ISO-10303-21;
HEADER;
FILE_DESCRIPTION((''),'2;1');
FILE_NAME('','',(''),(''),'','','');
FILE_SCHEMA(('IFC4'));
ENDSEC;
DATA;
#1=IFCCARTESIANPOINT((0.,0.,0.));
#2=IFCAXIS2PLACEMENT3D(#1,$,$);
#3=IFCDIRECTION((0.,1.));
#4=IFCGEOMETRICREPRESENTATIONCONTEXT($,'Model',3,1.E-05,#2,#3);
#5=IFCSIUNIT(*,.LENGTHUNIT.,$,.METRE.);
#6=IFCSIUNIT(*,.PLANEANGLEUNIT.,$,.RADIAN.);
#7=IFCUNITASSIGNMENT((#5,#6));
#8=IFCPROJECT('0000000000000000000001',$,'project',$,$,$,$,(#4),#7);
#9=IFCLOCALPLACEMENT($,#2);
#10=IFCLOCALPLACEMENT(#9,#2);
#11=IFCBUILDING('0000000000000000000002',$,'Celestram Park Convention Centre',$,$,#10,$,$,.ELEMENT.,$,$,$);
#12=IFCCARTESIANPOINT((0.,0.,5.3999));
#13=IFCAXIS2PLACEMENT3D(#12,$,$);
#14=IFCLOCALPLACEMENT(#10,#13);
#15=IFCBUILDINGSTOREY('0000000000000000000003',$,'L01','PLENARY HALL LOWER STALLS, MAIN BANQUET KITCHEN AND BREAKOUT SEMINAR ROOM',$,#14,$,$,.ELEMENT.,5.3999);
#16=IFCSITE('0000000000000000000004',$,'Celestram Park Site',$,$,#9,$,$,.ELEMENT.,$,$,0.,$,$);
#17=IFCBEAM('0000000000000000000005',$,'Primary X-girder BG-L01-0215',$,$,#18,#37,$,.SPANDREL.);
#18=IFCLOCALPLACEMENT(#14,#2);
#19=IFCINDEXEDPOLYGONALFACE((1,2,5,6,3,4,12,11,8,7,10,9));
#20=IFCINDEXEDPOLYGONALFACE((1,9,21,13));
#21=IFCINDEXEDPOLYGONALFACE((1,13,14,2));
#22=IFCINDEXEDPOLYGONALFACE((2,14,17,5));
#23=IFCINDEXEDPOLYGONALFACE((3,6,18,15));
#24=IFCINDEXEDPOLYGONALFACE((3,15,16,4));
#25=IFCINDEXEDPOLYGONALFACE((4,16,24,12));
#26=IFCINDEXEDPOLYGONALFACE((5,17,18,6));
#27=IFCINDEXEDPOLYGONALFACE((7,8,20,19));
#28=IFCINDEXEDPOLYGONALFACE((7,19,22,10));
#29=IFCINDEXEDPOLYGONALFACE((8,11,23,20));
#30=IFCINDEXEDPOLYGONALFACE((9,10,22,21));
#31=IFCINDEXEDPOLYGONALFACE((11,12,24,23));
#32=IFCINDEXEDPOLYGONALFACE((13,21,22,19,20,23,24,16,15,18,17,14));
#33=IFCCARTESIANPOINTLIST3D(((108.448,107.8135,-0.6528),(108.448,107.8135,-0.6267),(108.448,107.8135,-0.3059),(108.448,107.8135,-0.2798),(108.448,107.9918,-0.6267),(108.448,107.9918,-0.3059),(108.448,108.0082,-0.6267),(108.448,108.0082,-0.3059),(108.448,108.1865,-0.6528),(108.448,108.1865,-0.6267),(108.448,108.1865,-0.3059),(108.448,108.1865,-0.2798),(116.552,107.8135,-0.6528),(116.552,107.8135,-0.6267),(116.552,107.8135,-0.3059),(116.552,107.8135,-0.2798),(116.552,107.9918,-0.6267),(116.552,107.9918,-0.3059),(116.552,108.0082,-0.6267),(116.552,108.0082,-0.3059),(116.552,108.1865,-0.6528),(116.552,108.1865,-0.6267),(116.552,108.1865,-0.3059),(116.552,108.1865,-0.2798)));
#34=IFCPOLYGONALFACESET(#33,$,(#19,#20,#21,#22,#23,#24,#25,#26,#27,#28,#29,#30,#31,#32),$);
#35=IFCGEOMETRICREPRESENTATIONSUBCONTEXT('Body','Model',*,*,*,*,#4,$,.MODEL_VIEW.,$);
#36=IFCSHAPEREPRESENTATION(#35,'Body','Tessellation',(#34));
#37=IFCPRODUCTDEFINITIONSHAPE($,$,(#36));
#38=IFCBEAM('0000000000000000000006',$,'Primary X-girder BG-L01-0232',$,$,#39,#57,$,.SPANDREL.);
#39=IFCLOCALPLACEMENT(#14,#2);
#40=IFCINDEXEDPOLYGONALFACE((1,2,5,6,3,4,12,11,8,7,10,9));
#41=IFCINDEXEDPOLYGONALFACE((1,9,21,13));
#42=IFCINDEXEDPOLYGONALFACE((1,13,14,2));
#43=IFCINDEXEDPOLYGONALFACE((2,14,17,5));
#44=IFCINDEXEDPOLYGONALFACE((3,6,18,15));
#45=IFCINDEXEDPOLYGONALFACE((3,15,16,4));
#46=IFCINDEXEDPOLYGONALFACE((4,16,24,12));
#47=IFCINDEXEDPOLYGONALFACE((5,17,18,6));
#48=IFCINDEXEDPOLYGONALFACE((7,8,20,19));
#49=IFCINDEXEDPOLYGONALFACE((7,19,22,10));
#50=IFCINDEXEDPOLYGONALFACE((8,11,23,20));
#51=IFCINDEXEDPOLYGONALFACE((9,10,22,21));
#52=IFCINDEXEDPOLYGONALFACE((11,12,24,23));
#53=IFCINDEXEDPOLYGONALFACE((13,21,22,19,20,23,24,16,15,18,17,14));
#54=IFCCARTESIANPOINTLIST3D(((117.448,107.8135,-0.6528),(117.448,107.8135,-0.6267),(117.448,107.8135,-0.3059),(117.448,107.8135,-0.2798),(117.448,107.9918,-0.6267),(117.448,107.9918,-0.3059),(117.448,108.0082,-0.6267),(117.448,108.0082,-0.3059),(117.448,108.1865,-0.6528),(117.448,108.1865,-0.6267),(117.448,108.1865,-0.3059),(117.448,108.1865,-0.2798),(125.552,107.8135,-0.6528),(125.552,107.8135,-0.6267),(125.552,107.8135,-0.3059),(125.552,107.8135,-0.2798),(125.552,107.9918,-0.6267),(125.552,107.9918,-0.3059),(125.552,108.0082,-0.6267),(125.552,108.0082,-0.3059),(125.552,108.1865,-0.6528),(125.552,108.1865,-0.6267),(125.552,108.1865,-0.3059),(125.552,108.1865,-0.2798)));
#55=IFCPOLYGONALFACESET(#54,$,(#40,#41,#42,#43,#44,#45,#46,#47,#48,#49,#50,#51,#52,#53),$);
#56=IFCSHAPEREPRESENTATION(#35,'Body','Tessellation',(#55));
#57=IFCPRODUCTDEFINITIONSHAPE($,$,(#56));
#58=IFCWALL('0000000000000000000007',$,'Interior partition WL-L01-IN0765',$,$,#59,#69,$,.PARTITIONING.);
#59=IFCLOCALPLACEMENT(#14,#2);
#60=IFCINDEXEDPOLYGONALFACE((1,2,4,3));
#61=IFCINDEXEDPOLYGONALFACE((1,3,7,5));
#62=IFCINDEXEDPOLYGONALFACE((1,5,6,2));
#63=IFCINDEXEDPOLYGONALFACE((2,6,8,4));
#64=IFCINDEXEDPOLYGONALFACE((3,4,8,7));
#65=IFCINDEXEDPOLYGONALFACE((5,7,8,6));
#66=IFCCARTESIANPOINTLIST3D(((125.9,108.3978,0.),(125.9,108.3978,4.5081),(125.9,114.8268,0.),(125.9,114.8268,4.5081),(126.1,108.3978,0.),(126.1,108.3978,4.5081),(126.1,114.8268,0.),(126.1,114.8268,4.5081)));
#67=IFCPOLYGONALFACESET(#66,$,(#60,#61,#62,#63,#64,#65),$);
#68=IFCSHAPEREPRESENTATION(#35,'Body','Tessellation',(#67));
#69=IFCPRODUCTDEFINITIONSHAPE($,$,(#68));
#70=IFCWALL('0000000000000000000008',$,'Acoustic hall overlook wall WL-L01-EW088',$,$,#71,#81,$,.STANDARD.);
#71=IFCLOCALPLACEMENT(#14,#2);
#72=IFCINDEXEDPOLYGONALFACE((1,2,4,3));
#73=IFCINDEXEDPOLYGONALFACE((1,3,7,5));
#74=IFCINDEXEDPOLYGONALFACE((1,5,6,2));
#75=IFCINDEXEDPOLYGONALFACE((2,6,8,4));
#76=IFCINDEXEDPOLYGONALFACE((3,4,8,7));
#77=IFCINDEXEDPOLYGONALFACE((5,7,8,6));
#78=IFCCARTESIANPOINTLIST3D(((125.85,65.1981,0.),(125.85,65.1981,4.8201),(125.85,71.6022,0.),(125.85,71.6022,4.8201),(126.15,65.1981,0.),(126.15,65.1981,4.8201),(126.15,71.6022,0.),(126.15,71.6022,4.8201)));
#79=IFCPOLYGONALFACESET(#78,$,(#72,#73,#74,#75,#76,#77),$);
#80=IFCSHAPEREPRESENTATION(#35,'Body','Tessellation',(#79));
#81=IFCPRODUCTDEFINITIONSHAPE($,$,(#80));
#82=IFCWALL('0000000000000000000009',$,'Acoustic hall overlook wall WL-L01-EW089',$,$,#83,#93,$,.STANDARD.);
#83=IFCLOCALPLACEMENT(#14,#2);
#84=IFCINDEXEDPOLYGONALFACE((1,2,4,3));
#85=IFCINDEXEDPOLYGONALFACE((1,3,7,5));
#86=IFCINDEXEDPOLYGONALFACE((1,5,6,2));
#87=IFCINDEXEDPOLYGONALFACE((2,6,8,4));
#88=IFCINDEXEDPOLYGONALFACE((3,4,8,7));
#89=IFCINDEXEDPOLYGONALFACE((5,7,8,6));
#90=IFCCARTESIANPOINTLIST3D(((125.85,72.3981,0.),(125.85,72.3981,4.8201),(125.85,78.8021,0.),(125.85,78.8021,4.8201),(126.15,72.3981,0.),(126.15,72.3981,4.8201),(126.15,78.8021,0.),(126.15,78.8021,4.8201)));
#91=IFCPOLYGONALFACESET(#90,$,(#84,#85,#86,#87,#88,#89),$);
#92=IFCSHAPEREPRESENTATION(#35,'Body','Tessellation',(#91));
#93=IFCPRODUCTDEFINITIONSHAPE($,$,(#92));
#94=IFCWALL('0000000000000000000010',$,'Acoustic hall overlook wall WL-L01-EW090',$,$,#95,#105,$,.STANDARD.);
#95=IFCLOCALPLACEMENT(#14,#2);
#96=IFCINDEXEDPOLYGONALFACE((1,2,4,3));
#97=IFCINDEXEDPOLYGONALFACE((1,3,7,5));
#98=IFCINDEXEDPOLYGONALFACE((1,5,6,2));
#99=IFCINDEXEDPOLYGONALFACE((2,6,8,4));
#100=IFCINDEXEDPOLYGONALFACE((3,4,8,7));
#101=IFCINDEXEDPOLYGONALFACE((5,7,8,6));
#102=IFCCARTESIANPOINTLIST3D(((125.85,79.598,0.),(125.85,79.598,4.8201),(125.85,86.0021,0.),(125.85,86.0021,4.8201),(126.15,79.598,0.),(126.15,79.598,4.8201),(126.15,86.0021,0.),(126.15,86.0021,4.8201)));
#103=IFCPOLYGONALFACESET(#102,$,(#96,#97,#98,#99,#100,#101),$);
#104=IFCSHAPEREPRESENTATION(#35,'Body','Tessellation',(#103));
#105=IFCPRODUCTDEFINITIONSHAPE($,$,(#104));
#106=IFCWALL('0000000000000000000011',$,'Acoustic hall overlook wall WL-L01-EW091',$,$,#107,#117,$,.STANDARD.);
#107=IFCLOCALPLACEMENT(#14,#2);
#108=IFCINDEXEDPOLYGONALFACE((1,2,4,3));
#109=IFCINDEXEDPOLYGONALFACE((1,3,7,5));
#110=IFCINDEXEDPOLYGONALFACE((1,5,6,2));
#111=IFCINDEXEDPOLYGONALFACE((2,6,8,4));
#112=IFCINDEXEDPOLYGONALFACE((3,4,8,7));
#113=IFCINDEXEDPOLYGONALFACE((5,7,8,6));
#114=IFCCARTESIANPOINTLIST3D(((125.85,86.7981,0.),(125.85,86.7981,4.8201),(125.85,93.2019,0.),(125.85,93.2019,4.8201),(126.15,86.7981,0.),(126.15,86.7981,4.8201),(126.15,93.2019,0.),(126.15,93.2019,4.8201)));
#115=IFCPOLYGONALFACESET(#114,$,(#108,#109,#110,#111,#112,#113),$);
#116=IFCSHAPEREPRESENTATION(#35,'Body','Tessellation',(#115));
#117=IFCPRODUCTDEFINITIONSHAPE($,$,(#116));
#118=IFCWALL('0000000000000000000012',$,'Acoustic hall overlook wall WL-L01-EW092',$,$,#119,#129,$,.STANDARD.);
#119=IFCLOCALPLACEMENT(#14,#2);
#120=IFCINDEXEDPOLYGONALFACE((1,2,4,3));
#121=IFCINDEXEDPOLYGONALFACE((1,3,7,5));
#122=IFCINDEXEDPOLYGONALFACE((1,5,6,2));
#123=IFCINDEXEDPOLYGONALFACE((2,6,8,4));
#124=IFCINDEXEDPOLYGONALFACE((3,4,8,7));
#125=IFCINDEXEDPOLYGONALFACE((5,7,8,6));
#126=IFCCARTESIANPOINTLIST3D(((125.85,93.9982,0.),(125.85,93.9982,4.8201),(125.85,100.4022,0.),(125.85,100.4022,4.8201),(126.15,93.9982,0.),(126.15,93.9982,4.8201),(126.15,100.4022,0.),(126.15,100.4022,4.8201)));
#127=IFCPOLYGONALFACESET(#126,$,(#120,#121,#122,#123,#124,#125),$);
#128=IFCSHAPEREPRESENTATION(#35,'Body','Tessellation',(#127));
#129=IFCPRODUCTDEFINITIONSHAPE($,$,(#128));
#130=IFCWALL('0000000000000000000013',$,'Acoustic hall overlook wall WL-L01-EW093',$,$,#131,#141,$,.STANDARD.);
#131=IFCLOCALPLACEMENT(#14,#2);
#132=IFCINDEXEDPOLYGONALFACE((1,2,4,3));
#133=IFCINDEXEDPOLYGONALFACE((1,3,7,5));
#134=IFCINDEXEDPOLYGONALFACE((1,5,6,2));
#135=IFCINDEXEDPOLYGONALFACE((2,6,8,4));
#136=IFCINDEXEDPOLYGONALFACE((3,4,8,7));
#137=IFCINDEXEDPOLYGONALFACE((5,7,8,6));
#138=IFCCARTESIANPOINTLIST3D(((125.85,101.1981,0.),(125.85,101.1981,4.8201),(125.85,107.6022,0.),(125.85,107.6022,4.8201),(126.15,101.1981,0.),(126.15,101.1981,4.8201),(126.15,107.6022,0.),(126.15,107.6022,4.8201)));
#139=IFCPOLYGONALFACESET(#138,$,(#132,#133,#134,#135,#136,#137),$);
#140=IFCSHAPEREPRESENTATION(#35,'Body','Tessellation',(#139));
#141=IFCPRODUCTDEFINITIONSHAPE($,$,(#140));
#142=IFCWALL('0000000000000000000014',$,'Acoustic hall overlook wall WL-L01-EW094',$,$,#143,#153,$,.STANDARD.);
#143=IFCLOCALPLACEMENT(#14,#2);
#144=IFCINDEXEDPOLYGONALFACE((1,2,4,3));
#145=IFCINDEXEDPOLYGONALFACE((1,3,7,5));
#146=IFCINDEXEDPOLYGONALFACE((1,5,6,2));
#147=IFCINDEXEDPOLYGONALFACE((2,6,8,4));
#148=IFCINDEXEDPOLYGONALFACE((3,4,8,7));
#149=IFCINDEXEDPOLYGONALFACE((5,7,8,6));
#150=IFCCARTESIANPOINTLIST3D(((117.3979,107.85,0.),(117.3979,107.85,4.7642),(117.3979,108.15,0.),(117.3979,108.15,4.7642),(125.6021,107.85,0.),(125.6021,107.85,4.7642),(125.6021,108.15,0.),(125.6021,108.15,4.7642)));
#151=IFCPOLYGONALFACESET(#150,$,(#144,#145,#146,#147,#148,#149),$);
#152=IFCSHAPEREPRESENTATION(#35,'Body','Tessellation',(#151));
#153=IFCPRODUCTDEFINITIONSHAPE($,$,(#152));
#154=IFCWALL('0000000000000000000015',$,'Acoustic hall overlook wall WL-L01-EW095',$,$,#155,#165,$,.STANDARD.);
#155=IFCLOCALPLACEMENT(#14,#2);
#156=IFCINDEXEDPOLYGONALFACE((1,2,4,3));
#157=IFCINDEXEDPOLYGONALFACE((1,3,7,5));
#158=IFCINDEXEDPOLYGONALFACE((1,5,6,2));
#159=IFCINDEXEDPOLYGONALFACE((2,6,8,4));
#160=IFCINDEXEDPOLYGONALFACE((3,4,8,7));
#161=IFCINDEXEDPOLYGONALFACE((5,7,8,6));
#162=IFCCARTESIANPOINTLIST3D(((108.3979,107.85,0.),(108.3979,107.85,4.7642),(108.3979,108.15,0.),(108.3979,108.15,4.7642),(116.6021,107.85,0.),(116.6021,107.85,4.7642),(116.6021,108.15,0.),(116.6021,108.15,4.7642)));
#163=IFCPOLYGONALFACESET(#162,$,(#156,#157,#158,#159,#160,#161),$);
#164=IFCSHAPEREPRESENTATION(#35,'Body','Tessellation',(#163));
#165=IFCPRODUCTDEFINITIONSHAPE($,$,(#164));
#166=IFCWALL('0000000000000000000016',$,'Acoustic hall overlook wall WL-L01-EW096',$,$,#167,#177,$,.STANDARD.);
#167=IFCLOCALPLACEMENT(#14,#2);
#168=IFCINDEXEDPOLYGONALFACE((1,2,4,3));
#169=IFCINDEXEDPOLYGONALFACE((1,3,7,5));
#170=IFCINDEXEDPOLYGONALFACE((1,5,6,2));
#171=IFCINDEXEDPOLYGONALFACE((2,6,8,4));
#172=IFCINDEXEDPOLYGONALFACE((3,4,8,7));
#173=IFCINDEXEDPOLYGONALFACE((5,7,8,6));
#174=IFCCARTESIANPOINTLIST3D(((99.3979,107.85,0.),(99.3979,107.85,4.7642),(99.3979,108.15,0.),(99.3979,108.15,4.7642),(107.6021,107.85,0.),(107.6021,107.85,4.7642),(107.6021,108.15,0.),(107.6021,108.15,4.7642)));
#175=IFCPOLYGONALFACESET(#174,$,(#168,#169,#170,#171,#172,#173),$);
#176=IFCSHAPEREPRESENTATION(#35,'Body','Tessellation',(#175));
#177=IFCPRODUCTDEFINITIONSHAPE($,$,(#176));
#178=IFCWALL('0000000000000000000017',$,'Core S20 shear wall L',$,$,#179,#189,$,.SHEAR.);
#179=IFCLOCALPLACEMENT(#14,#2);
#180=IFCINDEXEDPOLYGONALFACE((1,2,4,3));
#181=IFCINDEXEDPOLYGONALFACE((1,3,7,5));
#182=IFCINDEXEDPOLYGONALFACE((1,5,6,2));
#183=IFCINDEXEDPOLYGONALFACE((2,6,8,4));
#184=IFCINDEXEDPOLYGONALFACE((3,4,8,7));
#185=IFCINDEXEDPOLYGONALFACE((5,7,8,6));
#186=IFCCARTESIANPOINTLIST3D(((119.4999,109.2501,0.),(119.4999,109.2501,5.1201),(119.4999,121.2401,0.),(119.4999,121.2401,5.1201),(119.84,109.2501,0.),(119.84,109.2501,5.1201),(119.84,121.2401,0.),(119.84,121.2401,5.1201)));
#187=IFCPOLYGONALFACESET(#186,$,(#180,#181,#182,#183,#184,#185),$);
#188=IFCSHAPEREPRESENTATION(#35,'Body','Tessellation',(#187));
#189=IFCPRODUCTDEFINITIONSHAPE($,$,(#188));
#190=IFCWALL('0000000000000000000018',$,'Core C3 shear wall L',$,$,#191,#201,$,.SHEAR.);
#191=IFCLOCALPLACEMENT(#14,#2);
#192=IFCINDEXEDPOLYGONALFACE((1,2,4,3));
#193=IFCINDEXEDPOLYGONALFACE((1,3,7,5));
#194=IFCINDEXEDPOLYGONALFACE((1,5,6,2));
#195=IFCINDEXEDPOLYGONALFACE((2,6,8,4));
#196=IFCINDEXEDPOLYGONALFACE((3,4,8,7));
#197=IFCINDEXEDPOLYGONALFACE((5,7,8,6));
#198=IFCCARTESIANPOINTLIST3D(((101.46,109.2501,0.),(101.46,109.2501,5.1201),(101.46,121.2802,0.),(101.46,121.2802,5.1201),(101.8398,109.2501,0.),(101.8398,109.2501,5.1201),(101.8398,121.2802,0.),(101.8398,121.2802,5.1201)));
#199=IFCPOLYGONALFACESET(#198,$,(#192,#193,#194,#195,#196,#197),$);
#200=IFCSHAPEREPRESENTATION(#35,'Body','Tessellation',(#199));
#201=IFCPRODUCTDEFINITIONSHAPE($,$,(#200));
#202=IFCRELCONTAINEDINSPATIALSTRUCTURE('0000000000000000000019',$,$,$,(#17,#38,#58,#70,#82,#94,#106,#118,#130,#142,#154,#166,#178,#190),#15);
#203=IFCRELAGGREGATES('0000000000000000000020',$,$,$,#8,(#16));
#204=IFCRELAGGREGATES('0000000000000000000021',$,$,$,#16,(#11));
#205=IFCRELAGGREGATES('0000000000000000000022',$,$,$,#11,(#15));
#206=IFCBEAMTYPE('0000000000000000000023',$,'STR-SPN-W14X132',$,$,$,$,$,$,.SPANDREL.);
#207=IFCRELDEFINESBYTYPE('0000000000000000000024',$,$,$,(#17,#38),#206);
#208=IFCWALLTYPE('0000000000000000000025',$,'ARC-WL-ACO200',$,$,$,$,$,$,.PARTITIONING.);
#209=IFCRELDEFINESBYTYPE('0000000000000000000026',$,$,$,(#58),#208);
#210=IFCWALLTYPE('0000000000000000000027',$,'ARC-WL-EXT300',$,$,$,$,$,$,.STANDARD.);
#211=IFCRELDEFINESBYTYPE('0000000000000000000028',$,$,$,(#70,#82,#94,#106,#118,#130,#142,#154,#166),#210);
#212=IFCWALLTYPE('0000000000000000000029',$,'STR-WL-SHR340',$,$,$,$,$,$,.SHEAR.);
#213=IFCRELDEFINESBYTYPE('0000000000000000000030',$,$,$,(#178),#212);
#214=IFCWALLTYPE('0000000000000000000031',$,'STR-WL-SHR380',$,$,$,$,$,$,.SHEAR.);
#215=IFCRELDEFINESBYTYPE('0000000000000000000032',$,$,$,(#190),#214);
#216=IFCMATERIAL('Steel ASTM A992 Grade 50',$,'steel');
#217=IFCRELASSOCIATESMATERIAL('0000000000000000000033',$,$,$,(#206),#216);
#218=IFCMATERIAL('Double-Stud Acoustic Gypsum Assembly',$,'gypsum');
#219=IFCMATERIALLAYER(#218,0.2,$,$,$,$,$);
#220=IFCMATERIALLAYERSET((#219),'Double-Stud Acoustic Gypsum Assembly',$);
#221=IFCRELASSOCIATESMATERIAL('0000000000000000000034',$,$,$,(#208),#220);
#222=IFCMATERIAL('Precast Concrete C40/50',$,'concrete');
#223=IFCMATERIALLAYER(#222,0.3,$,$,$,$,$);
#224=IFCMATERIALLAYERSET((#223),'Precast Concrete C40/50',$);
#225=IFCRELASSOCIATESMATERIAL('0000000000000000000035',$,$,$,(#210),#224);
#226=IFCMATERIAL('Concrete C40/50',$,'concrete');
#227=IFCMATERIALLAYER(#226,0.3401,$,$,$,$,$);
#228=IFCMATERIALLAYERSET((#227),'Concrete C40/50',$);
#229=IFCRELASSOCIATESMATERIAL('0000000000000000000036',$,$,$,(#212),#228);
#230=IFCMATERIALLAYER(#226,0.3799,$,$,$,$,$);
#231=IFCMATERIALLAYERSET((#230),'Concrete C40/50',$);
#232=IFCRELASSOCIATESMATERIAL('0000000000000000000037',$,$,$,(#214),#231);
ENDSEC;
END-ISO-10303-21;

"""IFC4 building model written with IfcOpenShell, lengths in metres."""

from ifc_helpers import new_model, si_unit, direction, frame, frame_2d, origin, origin_2d, place, context, subcontext, project, spatial, rectangle, i_section, extrude, material, layer, layer_set, material_profile, profile_set, type_object, element, save


model = new_model("IFC4")

# Units and contexts
model_context = context("Model", 3, precision=1e-05, world=origin(), true_north=direction((0.0, 1.0)))
body_context = subcontext(model_context, "Body", "Model", "MODEL_VIEW")
ifc_project = project(units=[si_unit("LENGTHUNIT", "METRE"), si_unit("PLANEANGLEUNIT", "RADIAN")], contexts=[model_context])

# Site, building, storey
site_placement = place(None, origin())
site = spatial("IfcSite", under=ifc_project, at=site_placement, Name="Celestram Park Site", CompositionType="ELEMENT", RefElevation=0.0)
building_placement = place(site_placement, origin())
building = spatial("IfcBuilding", under=site, at=building_placement, Name="Celestram Park Convention Centre", CompositionType="ELEMENT")
storey_placement = place(building_placement, frame((0.0, 0.0, 5.3999)))
storey = spatial("IfcBuildingStorey", under=building, at=storey_placement, Name="L01", Description="PLENARY HALL LOWER STALLS, MAIN BANQUET KITCHEN AND BREAKOUT SEMINAR ROOM", CompositionType="ELEMENT", Elevation=5.3999)

# Shared definitions
ifc_material_1 = material(Name="Concrete C40/50", Category="concrete")

# Beams
ifc_material_2 = material(Name="Steel ASTM A992 Grade 50", Category="steel")
ifc_material_profile_1 = material_profile(ifc_material_2, i_section(OverallWidth=0.373, OverallDepth=0.373, WebThickness=0.0164, FlangeThickness=0.0261, at=origin_2d()), Name="W14X132")
ifc_profile_set_1 = profile_set([ifc_material_profile_1], Name="Steel ASTM A992 Grade 50")
beam_type_1 = type_object("IfcBeamType", Name="STR-SPN-W14X132", PredefinedType="SPANDREL", material=ifc_profile_set_1)
for number, where, z_axis, x_axis, name in (
    (1, (108.448, 108.0, -0.4663), (1.0, 0.0, 0.0), (0.0, 1.0, 0.0), "Primary X-girder BG-L01-0215"),
    (2, (117.448, 108.0, -0.4663), (1.0, 0.0, 0.0), (0.0, 1.0, 0.0), "Primary X-girder BG-L01-0232"),
):
    element("IfcBeam", number, at=place(storey_placement, frame(where, z_axis=z_axis, x_axis=x_axis)), inside=storey, type_object=beam_type_1, Name=name, PredefinedType="SPANDREL", context=body_context, shape_type="SweptSolid", body=[
        extrude(i_section(OverallWidth=0.373, OverallDepth=0.373, WebThickness=0.0164, FlangeThickness=0.0261, at=origin_2d()), origin(), (0.0, 0.0, 1.0), 8.104),
    ])

# Walls
ifc_material_3 = material(Name="Double-Stud Acoustic Gypsum Assembly", Category="gypsum")
ifc_layer_1 = layer(ifc_material_3, 0.2)
ifc_layer_set_1 = layer_set([ifc_layer_1], Name="Double-Stud Acoustic Gypsum Assembly")
wall_type_1 = type_object("IfcWallType", Name="ARC-WL-ACO200", PredefinedType="PARTITIONING", material=ifc_layer_set_1)
wall_1_placement = place(storey_placement, frame((126.0, 108.3979, 0.0), z_axis=(0.0, 0.0, 1.0), x_axis=(0.0, 1.0, 0.0)))
element("IfcWall", 3, at=wall_1_placement, inside=storey, type_object=wall_type_1, Name="Interior partition WL-L01-IN0765", PredefinedType="PARTITIONING", context=body_context, shape_type="SweptSolid", body=[
    extrude(rectangle(XDim=6.429, YDim=0.2, at=frame_2d((3.2144, 0.0))), origin(), (0.0, 0.0, 1.0), 4.5081),
])
ifc_material_4 = material(Name="Precast Concrete C40/50", Category="concrete")
ifc_layer_2 = layer(ifc_material_4, 0.3)
ifc_layer_set_2 = layer_set([ifc_layer_2], Name="Precast Concrete C40/50")
wall_type_2 = type_object("IfcWallType", Name="ARC-WL-EXT300", PredefinedType="STANDARD", material=ifc_layer_set_2)
for number, where, z_axis, x_axis, name in (
    (4, (126.0, 65.198, 0.0), (0.0, 0.0, 1.0), (0.0, 1.0, 0.0), "Acoustic hall overlook wall WL-L01-EW088"),
    (5, (126.0, 72.3979, 0.0), (0.0, 0.0, 1.0), (0.0, 1.0, 0.0), "Acoustic hall overlook wall WL-L01-EW089"),
    (6, (126.0, 79.5979, 0.0), (0.0, 0.0, 1.0), (0.0, 1.0, 0.0), "Acoustic hall overlook wall WL-L01-EW090"),
):
    element("IfcWall", number, at=place(storey_placement, frame(where, z_axis=z_axis, x_axis=x_axis)), inside=storey, type_object=wall_type_2, Name=name, PredefinedType="STANDARD", context=body_context, shape_type="SweptSolid", body=[
        extrude(rectangle(XDim=6.4041, YDim=0.3, at=frame_2d((3.2021, 0.0))), origin(), (0.0, 0.0, 1.0), 4.8201),
    ])
wall_2_placement = place(storey_placement, frame((126.0, 86.7981, 0.0), z_axis=(0.0, 0.0, 1.0), x_axis=(0.0, 1.0, 0.0)))
element("IfcWall", 7, at=wall_2_placement, inside=storey, type_object=wall_type_2, Name="Acoustic hall overlook wall WL-L01-EW091", PredefinedType="STANDARD", context=body_context, shape_type="SweptSolid", body=[
    extrude(rectangle(XDim=6.4038, YDim=0.3, at=frame_2d((3.2019, 0.0))), origin(), (0.0, 0.0, 1.0), 4.8201),
])
for number, where, z_axis, x_axis, name in (
    (8, (126.0, 93.998, 0.0), (0.0, 0.0, 1.0), (0.0, 1.0, 0.0), "Acoustic hall overlook wall WL-L01-EW092"),
    (9, (126.0, 101.198, 0.0), (0.0, 0.0, 1.0), (0.0, 1.0, 0.0), "Acoustic hall overlook wall WL-L01-EW093"),
):
    element("IfcWall", number, at=place(storey_placement, frame(where, z_axis=z_axis, x_axis=x_axis)), inside=storey, type_object=wall_type_2, Name=name, PredefinedType="STANDARD", context=body_context, shape_type="SweptSolid", body=[
        extrude(rectangle(XDim=6.4041, YDim=0.3, at=frame_2d((3.2021, 0.0))), origin(), (0.0, 0.0, 1.0), 4.8201),
    ])
for number, where, z_axis, x_axis, name in (
    (10, (125.6021, 108.0, 0.0), (0.0, 0.0, 1.0), (-1.0, 0.0, 0.0), "Acoustic hall overlook wall WL-L01-EW094"),
    (11, (116.6021, 108.0, 0.0), (0.0, 0.0, 1.0), (-1.0, 0.0, 0.0), "Acoustic hall overlook wall WL-L01-EW095"),
    (12, (107.6021, 108.0, 0.0), (0.0, 0.0, 1.0), (-1.0, 0.0, 0.0), "Acoustic hall overlook wall WL-L01-EW096"),
):
    element("IfcWall", number, at=place(storey_placement, frame(where, z_axis=z_axis, x_axis=x_axis)), inside=storey, type_object=wall_type_2, Name=name, PredefinedType="STANDARD", context=body_context, shape_type="SweptSolid", body=[
        extrude(rectangle(XDim=8.2041, YDim=0.3, at=frame_2d((4.1021, 0.0))), origin(), (0.0, 0.0, 1.0), 4.7642),
    ])
ifc_layer_3 = layer(ifc_material_1, 0.3401)
ifc_layer_set_3 = layer_set([ifc_layer_3], Name="Concrete C40/50")
wall_type_3 = type_object("IfcWallType", Name="STR-WL-SHR340", PredefinedType="SHEAR", material=ifc_layer_set_3)
wall_3_placement = place(storey_placement, frame((119.6699, 109.25, 0.0), z_axis=(0.0, 0.0, 1.0), x_axis=(0.0, 1.0, 0.0)))
element("IfcWall", 13, at=wall_3_placement, inside=storey, type_object=wall_type_3, Name="Core S20 shear wall L", PredefinedType="SHEAR", context=body_context, shape_type="SweptSolid", body=[
    extrude(rectangle(XDim=11.99, YDim=0.3401, at=frame_2d((5.9951, 0.0))), origin(), (0.0, 0.0, 1.0), 5.1201),
])
ifc_layer_4 = layer(ifc_material_1, 0.3799)
ifc_layer_set_4 = layer_set([ifc_layer_4], Name="Concrete C40/50")
wall_type_4 = type_object("IfcWallType", Name="STR-WL-SHR380", PredefinedType="SHEAR", material=ifc_layer_set_4)
wall_4_placement = place(storey_placement, frame((101.6499, 109.25, 0.0), z_axis=(0.0, 0.0, 1.0), x_axis=(0.0, 1.0, 0.0)))
element("IfcWall", 14, at=wall_4_placement, inside=storey, type_object=wall_type_4, Name="Core C3 shear wall L", PredefinedType="SHEAR", context=body_context, shape_type="SweptSolid", body=[
    extrude(rectangle(XDim=12.03, YDim=0.3799, at=frame_2d((6.0151, 0.0))), origin(), (0.0, 0.0, 1.0), 5.1201),
])

save(model, "model.ifc")
